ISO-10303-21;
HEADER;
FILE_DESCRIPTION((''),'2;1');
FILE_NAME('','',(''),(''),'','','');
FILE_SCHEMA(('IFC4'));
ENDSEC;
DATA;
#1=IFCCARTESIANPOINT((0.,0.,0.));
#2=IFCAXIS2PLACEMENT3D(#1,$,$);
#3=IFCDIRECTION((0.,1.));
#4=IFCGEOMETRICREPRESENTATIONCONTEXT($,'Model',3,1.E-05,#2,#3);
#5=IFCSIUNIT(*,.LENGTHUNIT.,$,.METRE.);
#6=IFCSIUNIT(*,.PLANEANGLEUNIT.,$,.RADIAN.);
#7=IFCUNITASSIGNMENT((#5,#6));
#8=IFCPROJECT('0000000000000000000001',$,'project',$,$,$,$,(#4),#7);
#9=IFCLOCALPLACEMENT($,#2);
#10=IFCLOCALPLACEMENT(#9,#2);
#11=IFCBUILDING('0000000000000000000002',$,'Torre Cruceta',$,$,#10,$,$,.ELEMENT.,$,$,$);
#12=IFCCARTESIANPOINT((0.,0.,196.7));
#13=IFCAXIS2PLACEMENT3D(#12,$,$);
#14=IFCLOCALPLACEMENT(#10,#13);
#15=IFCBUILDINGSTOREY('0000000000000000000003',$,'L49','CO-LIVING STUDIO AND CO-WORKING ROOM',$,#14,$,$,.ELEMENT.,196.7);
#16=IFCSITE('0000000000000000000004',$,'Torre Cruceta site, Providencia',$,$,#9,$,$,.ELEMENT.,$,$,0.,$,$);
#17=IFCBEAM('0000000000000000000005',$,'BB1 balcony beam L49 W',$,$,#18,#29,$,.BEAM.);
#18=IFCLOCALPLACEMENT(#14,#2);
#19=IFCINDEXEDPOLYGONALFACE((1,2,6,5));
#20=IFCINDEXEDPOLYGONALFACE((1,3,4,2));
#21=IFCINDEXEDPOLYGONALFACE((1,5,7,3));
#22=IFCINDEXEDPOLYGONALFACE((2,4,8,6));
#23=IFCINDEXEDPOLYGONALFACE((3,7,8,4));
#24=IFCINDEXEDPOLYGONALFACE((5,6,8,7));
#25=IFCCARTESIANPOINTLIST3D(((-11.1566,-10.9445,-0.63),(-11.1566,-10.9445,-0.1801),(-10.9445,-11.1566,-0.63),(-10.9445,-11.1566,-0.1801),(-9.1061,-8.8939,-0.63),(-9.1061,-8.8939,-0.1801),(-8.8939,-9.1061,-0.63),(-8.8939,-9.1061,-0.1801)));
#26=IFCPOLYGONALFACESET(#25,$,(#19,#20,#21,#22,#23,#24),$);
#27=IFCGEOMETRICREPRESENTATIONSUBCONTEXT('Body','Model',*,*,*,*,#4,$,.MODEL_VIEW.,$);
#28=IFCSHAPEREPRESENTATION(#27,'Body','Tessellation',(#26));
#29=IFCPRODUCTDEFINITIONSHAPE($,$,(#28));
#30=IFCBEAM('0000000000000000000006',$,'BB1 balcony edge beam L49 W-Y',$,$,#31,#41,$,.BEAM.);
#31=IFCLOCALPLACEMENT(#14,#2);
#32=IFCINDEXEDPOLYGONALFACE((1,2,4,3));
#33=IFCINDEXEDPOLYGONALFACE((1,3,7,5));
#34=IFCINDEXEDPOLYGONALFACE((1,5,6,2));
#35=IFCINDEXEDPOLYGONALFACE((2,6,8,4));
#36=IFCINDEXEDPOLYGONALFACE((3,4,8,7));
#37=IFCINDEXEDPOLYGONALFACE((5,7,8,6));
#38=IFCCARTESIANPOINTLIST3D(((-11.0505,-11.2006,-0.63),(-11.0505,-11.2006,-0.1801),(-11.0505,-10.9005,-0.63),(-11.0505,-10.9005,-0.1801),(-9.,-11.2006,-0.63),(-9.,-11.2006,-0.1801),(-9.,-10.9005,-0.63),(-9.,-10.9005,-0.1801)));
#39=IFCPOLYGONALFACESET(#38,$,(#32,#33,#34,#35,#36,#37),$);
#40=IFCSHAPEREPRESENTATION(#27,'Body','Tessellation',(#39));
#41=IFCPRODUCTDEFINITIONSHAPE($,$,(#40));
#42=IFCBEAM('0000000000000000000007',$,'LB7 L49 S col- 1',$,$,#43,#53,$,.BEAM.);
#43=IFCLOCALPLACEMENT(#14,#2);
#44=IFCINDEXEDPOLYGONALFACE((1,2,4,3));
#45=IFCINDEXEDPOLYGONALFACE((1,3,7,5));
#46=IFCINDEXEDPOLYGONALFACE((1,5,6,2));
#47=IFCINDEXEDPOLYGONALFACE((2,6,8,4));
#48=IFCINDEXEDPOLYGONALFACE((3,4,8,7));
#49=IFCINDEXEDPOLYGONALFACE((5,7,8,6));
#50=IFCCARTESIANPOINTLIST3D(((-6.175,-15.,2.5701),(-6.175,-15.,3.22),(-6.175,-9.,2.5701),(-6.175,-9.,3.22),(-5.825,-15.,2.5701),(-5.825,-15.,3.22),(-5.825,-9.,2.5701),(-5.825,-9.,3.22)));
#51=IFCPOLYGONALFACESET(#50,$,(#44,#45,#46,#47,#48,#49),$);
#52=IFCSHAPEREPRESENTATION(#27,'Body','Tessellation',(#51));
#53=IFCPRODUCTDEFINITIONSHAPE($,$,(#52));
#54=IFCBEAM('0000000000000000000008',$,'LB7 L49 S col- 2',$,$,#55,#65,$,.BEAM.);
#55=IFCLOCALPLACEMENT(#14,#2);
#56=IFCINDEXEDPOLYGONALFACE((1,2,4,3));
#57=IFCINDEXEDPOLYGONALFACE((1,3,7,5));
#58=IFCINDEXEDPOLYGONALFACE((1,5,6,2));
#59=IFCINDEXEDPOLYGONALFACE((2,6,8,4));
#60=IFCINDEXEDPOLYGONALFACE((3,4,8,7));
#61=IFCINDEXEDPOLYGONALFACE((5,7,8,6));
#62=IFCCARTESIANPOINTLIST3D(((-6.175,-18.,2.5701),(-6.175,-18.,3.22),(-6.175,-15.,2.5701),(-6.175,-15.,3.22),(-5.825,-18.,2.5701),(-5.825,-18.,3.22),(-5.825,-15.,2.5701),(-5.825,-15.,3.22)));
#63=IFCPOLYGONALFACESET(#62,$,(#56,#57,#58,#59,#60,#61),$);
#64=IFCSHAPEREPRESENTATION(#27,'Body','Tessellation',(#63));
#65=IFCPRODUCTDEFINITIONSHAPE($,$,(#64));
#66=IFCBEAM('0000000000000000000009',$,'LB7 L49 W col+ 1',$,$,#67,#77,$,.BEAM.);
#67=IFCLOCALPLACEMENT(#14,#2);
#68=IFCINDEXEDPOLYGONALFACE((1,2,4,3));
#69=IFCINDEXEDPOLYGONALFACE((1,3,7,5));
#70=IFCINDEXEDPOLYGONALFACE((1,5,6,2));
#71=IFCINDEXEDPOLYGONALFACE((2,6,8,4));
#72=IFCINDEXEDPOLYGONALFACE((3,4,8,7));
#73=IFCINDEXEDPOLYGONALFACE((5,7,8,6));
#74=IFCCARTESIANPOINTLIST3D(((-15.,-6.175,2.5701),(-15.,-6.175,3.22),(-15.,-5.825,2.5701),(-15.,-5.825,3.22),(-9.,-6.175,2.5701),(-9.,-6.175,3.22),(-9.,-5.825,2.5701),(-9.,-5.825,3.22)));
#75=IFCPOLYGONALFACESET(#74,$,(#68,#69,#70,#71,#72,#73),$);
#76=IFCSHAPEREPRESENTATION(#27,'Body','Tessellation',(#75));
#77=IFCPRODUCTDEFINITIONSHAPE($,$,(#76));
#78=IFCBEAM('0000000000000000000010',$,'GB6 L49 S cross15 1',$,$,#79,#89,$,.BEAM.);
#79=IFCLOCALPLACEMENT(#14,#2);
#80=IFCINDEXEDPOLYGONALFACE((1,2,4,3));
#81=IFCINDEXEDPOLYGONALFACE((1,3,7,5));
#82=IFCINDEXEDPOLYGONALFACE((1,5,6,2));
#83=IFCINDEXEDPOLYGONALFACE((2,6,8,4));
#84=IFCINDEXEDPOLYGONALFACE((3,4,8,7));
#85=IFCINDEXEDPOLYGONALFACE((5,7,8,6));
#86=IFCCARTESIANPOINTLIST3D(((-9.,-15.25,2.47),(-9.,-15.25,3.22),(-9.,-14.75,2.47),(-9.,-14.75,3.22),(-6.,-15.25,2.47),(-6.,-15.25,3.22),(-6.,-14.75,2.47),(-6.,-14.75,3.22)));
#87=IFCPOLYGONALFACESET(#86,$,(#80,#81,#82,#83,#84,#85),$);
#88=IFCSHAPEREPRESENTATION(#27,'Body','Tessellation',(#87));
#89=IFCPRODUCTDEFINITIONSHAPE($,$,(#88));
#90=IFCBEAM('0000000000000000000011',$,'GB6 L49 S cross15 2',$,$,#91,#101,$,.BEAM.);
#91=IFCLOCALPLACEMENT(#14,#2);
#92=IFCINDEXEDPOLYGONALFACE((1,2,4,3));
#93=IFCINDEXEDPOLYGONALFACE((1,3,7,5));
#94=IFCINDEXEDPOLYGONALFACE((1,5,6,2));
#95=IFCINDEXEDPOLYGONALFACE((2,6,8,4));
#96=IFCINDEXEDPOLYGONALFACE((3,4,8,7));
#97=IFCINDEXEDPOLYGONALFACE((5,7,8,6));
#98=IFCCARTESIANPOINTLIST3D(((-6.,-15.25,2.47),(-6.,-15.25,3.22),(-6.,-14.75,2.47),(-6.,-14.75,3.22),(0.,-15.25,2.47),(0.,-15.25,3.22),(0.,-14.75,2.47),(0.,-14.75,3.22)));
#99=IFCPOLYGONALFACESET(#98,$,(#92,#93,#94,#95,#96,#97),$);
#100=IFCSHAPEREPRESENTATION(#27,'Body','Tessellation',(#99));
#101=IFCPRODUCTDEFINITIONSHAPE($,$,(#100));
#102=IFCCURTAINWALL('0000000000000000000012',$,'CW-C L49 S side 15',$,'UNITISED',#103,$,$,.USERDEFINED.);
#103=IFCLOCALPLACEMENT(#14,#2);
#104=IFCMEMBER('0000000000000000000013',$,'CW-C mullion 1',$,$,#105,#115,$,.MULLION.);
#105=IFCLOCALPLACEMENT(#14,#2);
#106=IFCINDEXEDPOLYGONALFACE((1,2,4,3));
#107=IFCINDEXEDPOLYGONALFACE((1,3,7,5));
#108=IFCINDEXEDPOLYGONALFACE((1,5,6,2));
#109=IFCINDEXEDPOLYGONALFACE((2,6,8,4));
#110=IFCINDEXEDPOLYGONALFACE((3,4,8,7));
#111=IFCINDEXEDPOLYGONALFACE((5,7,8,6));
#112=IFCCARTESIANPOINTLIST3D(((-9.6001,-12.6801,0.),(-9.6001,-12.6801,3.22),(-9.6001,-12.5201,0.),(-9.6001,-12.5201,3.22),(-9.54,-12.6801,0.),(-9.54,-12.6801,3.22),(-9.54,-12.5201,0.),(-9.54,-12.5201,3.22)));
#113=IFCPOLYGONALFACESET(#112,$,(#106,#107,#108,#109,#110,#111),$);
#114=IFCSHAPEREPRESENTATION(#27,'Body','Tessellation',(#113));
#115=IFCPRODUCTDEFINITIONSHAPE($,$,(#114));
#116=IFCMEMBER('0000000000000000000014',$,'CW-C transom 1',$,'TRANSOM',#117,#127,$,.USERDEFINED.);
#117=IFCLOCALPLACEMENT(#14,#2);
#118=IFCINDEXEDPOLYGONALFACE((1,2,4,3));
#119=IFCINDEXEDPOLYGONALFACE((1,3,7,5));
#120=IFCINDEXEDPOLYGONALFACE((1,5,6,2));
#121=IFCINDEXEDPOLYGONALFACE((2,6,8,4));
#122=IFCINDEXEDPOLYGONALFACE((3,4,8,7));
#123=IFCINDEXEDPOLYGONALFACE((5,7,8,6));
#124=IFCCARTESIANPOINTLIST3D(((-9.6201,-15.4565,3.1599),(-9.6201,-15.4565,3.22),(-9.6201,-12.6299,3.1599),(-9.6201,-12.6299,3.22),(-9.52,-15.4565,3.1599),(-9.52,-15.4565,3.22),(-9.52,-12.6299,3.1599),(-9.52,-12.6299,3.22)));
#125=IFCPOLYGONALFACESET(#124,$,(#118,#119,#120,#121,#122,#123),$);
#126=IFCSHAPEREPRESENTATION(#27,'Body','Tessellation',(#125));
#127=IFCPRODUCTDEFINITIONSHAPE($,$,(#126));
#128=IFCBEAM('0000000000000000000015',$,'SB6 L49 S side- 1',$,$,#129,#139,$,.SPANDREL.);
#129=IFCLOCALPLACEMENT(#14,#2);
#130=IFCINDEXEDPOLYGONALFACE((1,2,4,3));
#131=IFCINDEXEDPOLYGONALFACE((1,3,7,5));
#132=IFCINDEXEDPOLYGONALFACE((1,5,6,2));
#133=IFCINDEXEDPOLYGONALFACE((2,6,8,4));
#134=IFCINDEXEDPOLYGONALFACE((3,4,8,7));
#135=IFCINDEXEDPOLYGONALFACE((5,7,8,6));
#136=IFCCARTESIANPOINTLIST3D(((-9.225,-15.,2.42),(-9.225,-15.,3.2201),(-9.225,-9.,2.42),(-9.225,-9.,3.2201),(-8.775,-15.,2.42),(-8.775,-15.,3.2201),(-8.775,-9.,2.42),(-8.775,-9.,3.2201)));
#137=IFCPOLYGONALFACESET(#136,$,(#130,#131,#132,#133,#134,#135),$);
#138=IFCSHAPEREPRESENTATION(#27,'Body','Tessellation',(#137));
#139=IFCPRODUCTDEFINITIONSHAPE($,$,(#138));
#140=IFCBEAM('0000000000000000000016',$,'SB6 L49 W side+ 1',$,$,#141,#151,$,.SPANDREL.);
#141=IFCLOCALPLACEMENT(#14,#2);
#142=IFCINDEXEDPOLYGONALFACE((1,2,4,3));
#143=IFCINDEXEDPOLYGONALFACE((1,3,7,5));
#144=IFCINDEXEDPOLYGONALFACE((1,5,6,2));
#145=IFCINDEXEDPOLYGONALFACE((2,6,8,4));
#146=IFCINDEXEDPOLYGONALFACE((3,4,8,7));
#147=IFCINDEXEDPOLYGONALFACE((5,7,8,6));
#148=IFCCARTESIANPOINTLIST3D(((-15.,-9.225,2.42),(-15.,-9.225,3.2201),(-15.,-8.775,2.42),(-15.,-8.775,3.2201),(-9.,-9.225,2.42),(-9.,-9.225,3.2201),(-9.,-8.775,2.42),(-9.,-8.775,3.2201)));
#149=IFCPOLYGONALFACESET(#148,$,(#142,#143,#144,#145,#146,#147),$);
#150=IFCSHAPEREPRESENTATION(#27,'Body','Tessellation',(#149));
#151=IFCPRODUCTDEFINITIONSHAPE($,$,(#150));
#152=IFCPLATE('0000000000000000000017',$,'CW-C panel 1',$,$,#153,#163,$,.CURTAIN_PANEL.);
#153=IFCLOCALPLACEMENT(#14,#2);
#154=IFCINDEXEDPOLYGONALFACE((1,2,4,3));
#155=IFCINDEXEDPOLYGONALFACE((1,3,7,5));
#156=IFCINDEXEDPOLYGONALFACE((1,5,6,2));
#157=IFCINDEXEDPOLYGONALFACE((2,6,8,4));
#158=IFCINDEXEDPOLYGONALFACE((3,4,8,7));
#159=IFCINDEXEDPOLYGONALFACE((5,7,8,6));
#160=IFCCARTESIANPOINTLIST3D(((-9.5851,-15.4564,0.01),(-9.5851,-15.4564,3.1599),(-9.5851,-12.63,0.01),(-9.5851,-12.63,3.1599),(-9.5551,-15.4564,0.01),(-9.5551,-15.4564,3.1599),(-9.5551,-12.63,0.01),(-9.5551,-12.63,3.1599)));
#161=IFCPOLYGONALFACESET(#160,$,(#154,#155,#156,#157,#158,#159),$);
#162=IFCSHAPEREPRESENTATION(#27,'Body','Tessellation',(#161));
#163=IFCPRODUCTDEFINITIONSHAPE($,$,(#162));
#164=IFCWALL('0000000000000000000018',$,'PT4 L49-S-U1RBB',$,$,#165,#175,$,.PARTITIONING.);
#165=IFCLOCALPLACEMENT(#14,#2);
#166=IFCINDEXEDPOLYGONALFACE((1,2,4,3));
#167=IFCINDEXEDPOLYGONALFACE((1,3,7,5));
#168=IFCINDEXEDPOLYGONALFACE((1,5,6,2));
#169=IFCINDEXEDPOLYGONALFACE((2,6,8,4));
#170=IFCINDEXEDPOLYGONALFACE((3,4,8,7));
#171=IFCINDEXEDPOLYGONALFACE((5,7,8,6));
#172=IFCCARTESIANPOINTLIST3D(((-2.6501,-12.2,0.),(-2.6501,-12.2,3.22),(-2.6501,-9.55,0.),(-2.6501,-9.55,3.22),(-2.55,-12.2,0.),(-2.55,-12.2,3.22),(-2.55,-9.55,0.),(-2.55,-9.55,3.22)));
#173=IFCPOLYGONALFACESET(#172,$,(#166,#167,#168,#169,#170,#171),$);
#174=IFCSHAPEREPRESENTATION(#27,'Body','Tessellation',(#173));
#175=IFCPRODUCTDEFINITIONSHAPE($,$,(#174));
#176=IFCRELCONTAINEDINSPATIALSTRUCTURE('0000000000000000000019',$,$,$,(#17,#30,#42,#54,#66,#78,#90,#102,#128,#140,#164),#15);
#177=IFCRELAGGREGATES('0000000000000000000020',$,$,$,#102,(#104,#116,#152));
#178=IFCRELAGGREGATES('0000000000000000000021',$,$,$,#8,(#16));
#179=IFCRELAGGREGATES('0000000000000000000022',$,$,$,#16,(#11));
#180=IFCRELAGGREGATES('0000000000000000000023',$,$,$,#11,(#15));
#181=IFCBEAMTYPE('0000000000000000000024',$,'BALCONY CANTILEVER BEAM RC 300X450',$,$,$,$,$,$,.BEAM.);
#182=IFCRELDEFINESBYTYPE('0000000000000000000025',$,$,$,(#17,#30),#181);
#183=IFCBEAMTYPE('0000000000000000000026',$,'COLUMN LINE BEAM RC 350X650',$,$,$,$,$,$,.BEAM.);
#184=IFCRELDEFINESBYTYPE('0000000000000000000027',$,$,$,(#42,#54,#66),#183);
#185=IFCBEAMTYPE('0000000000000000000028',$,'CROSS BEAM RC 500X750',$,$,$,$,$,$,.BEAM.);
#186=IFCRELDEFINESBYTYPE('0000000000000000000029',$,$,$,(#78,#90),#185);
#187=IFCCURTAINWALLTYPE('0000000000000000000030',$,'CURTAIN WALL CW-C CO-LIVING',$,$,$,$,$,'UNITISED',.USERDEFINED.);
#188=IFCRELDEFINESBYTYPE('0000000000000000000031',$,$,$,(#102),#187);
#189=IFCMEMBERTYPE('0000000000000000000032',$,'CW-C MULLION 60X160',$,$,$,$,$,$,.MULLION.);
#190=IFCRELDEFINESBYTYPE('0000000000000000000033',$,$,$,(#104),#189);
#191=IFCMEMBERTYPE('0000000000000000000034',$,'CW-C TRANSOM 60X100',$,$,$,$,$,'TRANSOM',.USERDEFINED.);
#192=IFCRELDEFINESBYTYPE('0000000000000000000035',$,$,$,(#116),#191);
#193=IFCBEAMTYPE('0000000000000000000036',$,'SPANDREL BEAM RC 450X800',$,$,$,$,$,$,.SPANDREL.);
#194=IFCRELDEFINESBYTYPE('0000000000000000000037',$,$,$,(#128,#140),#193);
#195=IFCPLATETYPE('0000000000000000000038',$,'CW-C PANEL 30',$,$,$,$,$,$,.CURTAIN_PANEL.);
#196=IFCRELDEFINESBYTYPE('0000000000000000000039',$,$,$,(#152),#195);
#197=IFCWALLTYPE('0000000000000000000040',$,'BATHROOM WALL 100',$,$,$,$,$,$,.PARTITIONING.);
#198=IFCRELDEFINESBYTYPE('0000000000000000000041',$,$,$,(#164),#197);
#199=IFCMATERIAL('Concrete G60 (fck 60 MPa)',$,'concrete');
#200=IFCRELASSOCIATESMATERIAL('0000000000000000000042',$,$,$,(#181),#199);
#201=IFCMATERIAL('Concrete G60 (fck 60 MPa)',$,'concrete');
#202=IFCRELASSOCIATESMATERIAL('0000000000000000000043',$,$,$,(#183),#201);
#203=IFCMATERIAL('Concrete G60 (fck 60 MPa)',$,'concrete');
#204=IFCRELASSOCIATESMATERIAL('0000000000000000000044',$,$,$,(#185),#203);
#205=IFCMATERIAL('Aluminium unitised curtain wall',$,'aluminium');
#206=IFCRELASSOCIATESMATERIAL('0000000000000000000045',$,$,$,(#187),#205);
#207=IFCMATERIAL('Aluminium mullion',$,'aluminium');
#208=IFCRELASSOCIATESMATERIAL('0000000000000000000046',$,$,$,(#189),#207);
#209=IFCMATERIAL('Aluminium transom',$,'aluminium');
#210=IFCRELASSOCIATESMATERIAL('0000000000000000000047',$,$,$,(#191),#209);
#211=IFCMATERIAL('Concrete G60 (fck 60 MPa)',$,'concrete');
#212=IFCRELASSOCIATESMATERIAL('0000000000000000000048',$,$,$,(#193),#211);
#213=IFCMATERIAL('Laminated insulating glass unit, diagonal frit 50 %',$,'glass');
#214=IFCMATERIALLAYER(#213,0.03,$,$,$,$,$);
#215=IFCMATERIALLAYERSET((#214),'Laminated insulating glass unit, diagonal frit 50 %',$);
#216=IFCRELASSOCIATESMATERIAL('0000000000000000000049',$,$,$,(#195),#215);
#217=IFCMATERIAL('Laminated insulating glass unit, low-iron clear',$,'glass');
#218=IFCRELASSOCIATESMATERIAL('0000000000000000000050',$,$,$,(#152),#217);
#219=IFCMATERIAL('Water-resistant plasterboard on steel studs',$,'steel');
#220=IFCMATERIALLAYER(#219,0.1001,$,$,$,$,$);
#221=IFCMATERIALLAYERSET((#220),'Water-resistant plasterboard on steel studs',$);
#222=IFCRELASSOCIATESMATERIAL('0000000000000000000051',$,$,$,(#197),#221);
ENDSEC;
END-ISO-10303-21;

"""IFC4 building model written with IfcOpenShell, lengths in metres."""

from ifc_helpers import new_model, si_unit, direction, frame, frame_2d, origin, origin_2d, place, context, subcontext, project, spatial, rectangle, extrude, material, layer, layer_set, material_profile, profile_set, type_object, element, aggregate, save


model = new_model("IFC4")

# Units and contexts
model_context = context("Model", 3, precision=1e-05, world=origin(), true_north=direction((0.0, 1.0)))
body_context = subcontext(model_context, "Body", "Model", "MODEL_VIEW")
ifc_project = project(units=[si_unit("LENGTHUNIT", "METRE"), si_unit("PLANEANGLEUNIT", "RADIAN")], contexts=[model_context])

# Site, building, storey
site_placement = place(None, origin())
site = spatial("IfcSite", under=ifc_project, at=site_placement, Name="Torre Cruceta site, Providencia", CompositionType="ELEMENT", RefElevation=0.0)
building_placement = place(site_placement, origin())
building = spatial("IfcBuilding", under=site, at=building_placement, Name="Torre Cruceta", CompositionType="ELEMENT")
storey_placement = place(building_placement, frame((0.0, 0.0, 196.7)))
storey = spatial("IfcBuildingStorey", under=building, at=storey_placement, Name="L49", Description="CO-LIVING STUDIO AND CO-WORKING ROOM", CompositionType="ELEMENT", Elevation=196.7)

# Beams
ifc_material_1 = material(Name="Concrete G60 (fck 60 MPa)", Category="concrete")
ifc_material_profile_1 = material_profile(ifc_material_1, rectangle(XDim=0.3, YDim=0.45, at=origin_2d()), Name="RC 300X450")
ifc_profile_set_1 = profile_set([ifc_material_profile_1], Name="Concrete G60 (fck 60 MPa)")
beam_type_1 = type_object("IfcBeamType", Name="BALCONY CANTILEVER BEAM RC 300X450", PredefinedType="BEAM", material=ifc_profile_set_1)
beam_1_placement = place(storey_placement, frame((-9.0, -9.0, -0.405), z_axis=(-0.707107, -0.707107, 0.0), x_axis=(0.707107, -0.707107, 0.0)))
element("IfcBeam", 1, at=beam_1_placement, inside=storey, type_object=beam_type_1, Name="BB1 balcony beam L49 W", PredefinedType="BEAM", context=body_context, shape_type="SweptSolid", body=[
    extrude(rectangle(XDim=0.3, YDim=0.45, at=origin_2d()), origin(), (0.0, 0.0, 1.0), 2.8999),
])
beam_2_placement = place(storey_placement, frame((-9.0, -11.0505, -0.405), z_axis=(-1.0, 0.0, 0.0), x_axis=(0.0, -1.0, 0.0)))
element("IfcBeam", 2, at=beam_2_placement, inside=storey, type_object=beam_type_1, Name="BB1 balcony edge beam L49 W-Y", PredefinedType="BEAM", context=body_context, shape_type="SweptSolid", body=[
    extrude(rectangle(XDim=0.3, YDim=0.45, at=origin_2d()), origin(), (0.0, 0.0, 1.0), 2.0505),
])
ifc_material_2 = material(Name="Concrete G60 (fck 60 MPa)", Category="concrete")
ifc_material_profile_2 = material_profile(ifc_material_2, rectangle(XDim=0.3501, YDim=0.6499, at=origin_2d()), Name="RC 350X650")
ifc_profile_set_2 = profile_set([ifc_material_profile_2], Name="Concrete G60 (fck 60 MPa)")
beam_type_2 = type_object("IfcBeamType", Name="COLUMN LINE BEAM RC 350X650", PredefinedType="BEAM", material=ifc_profile_set_2)
beam_3_placement = place(storey_placement, frame((-6.0, -9.0, 2.895), z_axis=(0.0, -1.0, 0.0), x_axis=(1.0, 0.0, 0.0)))
element("IfcBeam", 3, at=beam_3_placement, inside=storey, type_object=beam_type_2, Name="LB7 L49 S col- 1", PredefinedType="BEAM", context=body_context, shape_type="SweptSolid", body=[
    extrude(rectangle(XDim=0.3501, YDim=0.6499, at=origin_2d()), origin(), (0.0, 0.0, 1.0), 6.0),
])
beam_4_placement = place(storey_placement, frame((-6.0, -15.0, 2.895), z_axis=(0.0, -1.0, 0.0), x_axis=(1.0, 0.0, 0.0)))
element("IfcBeam", 4, at=beam_4_placement, inside=storey, type_object=beam_type_2, Name="LB7 L49 S col- 2", PredefinedType="BEAM", context=body_context, shape_type="SweptSolid", body=[
    extrude(rectangle(XDim=0.3501, YDim=0.6499, at=origin_2d()), origin(), (0.0, 0.0, 1.0), 3.0),
])
beam_5_placement = place(storey_placement, frame((-9.0, -6.0, 2.895), z_axis=(-1.0, 0.0, 0.0), x_axis=(0.0, -1.0, 0.0)))
element("IfcBeam", 5, at=beam_5_placement, inside=storey, type_object=beam_type_2, Name="LB7 L49 W col+ 1", PredefinedType="BEAM", context=body_context, shape_type="SweptSolid", body=[
    extrude(rectangle(XDim=0.3501, YDim=0.6499, at=origin_2d()), origin(), (0.0, 0.0, 1.0), 6.0),
])
ifc_material_3 = material(Name="Concrete G60 (fck 60 MPa)", Category="concrete")
ifc_material_profile_3 = material_profile(ifc_material_3, rectangle(XDim=0.5, YDim=0.75, at=origin_2d()), Name="RC 500X750")
ifc_profile_set_3 = profile_set([ifc_material_profile_3], Name="Concrete G60 (fck 60 MPa)")
beam_type_3 = type_object("IfcBeamType", Name="CROSS BEAM RC 500X750", PredefinedType="BEAM", material=ifc_profile_set_3)
beam_6_placement = place(storey_placement, frame((-9.0, -15.0, 2.845), z_axis=(1.0, 0.0, 0.0), x_axis=(0.0, 1.0, 0.0)))
element("IfcBeam", 6, at=beam_6_placement, inside=storey, type_object=beam_type_3, Name="GB6 L49 S cross15 1", PredefinedType="BEAM", context=body_context, shape_type="SweptSolid", body=[
    extrude(rectangle(XDim=0.5, YDim=0.75, at=origin_2d()), origin(), (0.0, 0.0, 1.0), 3.0),
])
beam_7_placement = place(storey_placement, frame((-6.0, -15.0, 2.845), z_axis=(1.0, 0.0, 0.0), x_axis=(0.0, 1.0, 0.0)))
element("IfcBeam", 7, at=beam_7_placement, inside=storey, type_object=beam_type_3, Name="GB6 L49 S cross15 2", PredefinedType="BEAM", context=body_context, shape_type="SweptSolid", body=[
    extrude(rectangle(XDim=0.5, YDim=0.75, at=origin_2d()), origin(), (0.0, 0.0, 1.0), 6.0),
])

# Curtain wall, members
ifc_material_4 = material(Name="Aluminium unitised curtain wall", Category="aluminium")
curtain_wall_type = type_object("IfcCurtainWallType", Name="CURTAIN WALL CW-C CO-LIVING", ElementType="UNITISED", PredefinedType="USERDEFINED", material=ifc_material_4)
curtain_wall_placement = place(storey_placement, origin())
curtain_wall = element("IfcCurtainWall", 8, at=curtain_wall_placement, inside=storey, type_object=curtain_wall_type, Name="CW-C L49 S side 15", ObjectType="UNITISED", PredefinedType="USERDEFINED")
ifc_material_5 = material(Name="Aluminium mullion", Category="aluminium")
ifc_material_profile_4 = material_profile(ifc_material_5, rectangle(XDim=0.0601, YDim=0.1599, at=origin_2d()), Name="AL 60X160")
ifc_profile_set_4 = profile_set([ifc_material_profile_4], Name="Aluminium mullion")
member_type_1 = type_object("IfcMemberType", Name="CW-C MULLION 60X160", PredefinedType="MULLION", material=ifc_profile_set_4)
member_1_placement = place(storey_placement, frame((-9.5701, -12.6001, 0.0), z_axis=(0.0, 0.0, 1.0), x_axis=(1.0, 0.0, 0.0)))
member_1 = element("IfcMember", 9, at=member_1_placement, type_object=member_type_1, Name="CW-C mullion 1", PredefinedType="MULLION", context=body_context, shape_type="SweptSolid", body=[
    extrude(rectangle(XDim=0.0601, YDim=0.1599, at=origin_2d()), origin(), (0.0, 0.0, 1.0), 3.22),
])
ifc_material_6 = material(Name="Aluminium transom", Category="aluminium")
ifc_material_profile_5 = material_profile(ifc_material_6, rectangle(XDim=0.1001, YDim=0.0601, at=origin_2d()), Name="AL 100X60")
ifc_profile_set_5 = profile_set([ifc_material_profile_5], Name="Aluminium transom")
member_type_2 = type_object("IfcMemberType", Name="CW-C TRANSOM 60X100", ElementType="TRANSOM", PredefinedType="USERDEFINED", material=ifc_profile_set_5)
member_2_placement = place(storey_placement, frame((-9.5701, -12.6299, 3.1899), z_axis=(0.0, -1.0, 0.0), x_axis=(1.0, 0.0, 0.0)))
member_2 = element("IfcMember", 10, at=member_2_placement, type_object=member_type_2, Name="CW-C transom 1", ObjectType="TRANSOM", PredefinedType="USERDEFINED", context=body_context, shape_type="SweptSolid", body=[
    extrude(rectangle(XDim=0.1001, YDim=0.0601, at=origin_2d()), origin(), (0.0, 0.0, 1.0), 2.8267),
])

# Beams
ifc_material_7 = material(Name="Concrete G60 (fck 60 MPa)", Category="concrete")
ifc_material_profile_6 = material_profile(ifc_material_7, rectangle(XDim=0.45, YDim=0.8, at=origin_2d()), Name="RC 450X800")
ifc_profile_set_6 = profile_set([ifc_material_profile_6], Name="Concrete G60 (fck 60 MPa)")
beam_type_4 = type_object("IfcBeamType", Name="SPANDREL BEAM RC 450X800", PredefinedType="SPANDREL", material=ifc_profile_set_6)
for number, where, z_axis, x_axis, name in (
    (11, (-9.0, -9.0, 2.8201), (0.0, -1.0, 0.0), (1.0, 0.0, 0.0), "SB6 L49 S side- 1"),
    (12, (-9.0, -9.0, 2.8201), (-1.0, 0.0, 0.0), (0.0, -1.0, 0.0), "SB6 L49 W side+ 1"),
):
    element("IfcBeam", number, at=place(storey_placement, frame(where, z_axis=z_axis, x_axis=x_axis)), inside=storey, type_object=beam_type_4, Name=name, PredefinedType="SPANDREL", context=body_context, shape_type="SweptSolid", body=[
        extrude(rectangle(XDim=0.45, YDim=0.8, at=origin_2d()), origin(), (0.0, 0.0, 1.0), 6.0),
    ])

# Plate
ifc_material_8 = material(Name="Laminated insulating glass unit, low-iron clear", Category="glass")
ifc_material_9 = material(Name="Laminated insulating glass unit, diagonal frit 50 %", Category="glass")
ifc_layer_1 = layer(ifc_material_9, 0.03)
ifc_layer_set_1 = layer_set([ifc_layer_1], Name="Laminated insulating glass unit, diagonal frit 50 %")
plate_type = type_object("IfcPlateType", Name="CW-C PANEL 30", PredefinedType="CURTAIN_PANEL", material=ifc_layer_set_1)
plate_placement = place(storey_placement, frame((-9.5701, -14.0432, 0.01), z_axis=(0.0, 0.0, 1.0), x_axis=(0.0, -1.0, 0.0)))
plate = element("IfcPlate", 13, at=plate_placement, type_object=plate_type, material=ifc_material_8, Name="CW-C panel 1", PredefinedType="CURTAIN_PANEL", context=body_context, shape_type="SweptSolid", body=[
    extrude(rectangle(XDim=2.8264, YDim=0.03, at=origin_2d()), origin(), (0.0, 0.0, 1.0), 3.1499),
])
aggregate(curtain_wall, [member_1, member_2, plate])

# Wall
ifc_material_10 = material(Name="Water-resistant plasterboard on steel studs", Category="steel")
ifc_layer_2 = layer(ifc_material_10, 0.1001)
ifc_layer_set_2 = layer_set([ifc_layer_2], Name="Water-resistant plasterboard on steel studs")
wall_type_1 = type_object("IfcWallType", Name="BATHROOM WALL 100", PredefinedType="PARTITIONING", material=ifc_layer_set_2)
wall_1_placement = place(storey_placement, frame((-2.6001, -9.55, 0.0), z_axis=(0.0, 0.0, 1.0), x_axis=(0.0, -1.0, 0.0)))
element("IfcWall", 14, at=wall_1_placement, inside=storey, type_object=wall_type_1, Name="PT4 L49-S-U1RBB", PredefinedType="PARTITIONING", context=body_context, shape_type="SweptSolid", body=[
    extrude(rectangle(XDim=2.6499, YDim=0.1001, at=frame_2d((1.325, 0.0))), origin(), (0.0, 0.0, 1.0), 3.22),
])

save(model, "model.ifc")
